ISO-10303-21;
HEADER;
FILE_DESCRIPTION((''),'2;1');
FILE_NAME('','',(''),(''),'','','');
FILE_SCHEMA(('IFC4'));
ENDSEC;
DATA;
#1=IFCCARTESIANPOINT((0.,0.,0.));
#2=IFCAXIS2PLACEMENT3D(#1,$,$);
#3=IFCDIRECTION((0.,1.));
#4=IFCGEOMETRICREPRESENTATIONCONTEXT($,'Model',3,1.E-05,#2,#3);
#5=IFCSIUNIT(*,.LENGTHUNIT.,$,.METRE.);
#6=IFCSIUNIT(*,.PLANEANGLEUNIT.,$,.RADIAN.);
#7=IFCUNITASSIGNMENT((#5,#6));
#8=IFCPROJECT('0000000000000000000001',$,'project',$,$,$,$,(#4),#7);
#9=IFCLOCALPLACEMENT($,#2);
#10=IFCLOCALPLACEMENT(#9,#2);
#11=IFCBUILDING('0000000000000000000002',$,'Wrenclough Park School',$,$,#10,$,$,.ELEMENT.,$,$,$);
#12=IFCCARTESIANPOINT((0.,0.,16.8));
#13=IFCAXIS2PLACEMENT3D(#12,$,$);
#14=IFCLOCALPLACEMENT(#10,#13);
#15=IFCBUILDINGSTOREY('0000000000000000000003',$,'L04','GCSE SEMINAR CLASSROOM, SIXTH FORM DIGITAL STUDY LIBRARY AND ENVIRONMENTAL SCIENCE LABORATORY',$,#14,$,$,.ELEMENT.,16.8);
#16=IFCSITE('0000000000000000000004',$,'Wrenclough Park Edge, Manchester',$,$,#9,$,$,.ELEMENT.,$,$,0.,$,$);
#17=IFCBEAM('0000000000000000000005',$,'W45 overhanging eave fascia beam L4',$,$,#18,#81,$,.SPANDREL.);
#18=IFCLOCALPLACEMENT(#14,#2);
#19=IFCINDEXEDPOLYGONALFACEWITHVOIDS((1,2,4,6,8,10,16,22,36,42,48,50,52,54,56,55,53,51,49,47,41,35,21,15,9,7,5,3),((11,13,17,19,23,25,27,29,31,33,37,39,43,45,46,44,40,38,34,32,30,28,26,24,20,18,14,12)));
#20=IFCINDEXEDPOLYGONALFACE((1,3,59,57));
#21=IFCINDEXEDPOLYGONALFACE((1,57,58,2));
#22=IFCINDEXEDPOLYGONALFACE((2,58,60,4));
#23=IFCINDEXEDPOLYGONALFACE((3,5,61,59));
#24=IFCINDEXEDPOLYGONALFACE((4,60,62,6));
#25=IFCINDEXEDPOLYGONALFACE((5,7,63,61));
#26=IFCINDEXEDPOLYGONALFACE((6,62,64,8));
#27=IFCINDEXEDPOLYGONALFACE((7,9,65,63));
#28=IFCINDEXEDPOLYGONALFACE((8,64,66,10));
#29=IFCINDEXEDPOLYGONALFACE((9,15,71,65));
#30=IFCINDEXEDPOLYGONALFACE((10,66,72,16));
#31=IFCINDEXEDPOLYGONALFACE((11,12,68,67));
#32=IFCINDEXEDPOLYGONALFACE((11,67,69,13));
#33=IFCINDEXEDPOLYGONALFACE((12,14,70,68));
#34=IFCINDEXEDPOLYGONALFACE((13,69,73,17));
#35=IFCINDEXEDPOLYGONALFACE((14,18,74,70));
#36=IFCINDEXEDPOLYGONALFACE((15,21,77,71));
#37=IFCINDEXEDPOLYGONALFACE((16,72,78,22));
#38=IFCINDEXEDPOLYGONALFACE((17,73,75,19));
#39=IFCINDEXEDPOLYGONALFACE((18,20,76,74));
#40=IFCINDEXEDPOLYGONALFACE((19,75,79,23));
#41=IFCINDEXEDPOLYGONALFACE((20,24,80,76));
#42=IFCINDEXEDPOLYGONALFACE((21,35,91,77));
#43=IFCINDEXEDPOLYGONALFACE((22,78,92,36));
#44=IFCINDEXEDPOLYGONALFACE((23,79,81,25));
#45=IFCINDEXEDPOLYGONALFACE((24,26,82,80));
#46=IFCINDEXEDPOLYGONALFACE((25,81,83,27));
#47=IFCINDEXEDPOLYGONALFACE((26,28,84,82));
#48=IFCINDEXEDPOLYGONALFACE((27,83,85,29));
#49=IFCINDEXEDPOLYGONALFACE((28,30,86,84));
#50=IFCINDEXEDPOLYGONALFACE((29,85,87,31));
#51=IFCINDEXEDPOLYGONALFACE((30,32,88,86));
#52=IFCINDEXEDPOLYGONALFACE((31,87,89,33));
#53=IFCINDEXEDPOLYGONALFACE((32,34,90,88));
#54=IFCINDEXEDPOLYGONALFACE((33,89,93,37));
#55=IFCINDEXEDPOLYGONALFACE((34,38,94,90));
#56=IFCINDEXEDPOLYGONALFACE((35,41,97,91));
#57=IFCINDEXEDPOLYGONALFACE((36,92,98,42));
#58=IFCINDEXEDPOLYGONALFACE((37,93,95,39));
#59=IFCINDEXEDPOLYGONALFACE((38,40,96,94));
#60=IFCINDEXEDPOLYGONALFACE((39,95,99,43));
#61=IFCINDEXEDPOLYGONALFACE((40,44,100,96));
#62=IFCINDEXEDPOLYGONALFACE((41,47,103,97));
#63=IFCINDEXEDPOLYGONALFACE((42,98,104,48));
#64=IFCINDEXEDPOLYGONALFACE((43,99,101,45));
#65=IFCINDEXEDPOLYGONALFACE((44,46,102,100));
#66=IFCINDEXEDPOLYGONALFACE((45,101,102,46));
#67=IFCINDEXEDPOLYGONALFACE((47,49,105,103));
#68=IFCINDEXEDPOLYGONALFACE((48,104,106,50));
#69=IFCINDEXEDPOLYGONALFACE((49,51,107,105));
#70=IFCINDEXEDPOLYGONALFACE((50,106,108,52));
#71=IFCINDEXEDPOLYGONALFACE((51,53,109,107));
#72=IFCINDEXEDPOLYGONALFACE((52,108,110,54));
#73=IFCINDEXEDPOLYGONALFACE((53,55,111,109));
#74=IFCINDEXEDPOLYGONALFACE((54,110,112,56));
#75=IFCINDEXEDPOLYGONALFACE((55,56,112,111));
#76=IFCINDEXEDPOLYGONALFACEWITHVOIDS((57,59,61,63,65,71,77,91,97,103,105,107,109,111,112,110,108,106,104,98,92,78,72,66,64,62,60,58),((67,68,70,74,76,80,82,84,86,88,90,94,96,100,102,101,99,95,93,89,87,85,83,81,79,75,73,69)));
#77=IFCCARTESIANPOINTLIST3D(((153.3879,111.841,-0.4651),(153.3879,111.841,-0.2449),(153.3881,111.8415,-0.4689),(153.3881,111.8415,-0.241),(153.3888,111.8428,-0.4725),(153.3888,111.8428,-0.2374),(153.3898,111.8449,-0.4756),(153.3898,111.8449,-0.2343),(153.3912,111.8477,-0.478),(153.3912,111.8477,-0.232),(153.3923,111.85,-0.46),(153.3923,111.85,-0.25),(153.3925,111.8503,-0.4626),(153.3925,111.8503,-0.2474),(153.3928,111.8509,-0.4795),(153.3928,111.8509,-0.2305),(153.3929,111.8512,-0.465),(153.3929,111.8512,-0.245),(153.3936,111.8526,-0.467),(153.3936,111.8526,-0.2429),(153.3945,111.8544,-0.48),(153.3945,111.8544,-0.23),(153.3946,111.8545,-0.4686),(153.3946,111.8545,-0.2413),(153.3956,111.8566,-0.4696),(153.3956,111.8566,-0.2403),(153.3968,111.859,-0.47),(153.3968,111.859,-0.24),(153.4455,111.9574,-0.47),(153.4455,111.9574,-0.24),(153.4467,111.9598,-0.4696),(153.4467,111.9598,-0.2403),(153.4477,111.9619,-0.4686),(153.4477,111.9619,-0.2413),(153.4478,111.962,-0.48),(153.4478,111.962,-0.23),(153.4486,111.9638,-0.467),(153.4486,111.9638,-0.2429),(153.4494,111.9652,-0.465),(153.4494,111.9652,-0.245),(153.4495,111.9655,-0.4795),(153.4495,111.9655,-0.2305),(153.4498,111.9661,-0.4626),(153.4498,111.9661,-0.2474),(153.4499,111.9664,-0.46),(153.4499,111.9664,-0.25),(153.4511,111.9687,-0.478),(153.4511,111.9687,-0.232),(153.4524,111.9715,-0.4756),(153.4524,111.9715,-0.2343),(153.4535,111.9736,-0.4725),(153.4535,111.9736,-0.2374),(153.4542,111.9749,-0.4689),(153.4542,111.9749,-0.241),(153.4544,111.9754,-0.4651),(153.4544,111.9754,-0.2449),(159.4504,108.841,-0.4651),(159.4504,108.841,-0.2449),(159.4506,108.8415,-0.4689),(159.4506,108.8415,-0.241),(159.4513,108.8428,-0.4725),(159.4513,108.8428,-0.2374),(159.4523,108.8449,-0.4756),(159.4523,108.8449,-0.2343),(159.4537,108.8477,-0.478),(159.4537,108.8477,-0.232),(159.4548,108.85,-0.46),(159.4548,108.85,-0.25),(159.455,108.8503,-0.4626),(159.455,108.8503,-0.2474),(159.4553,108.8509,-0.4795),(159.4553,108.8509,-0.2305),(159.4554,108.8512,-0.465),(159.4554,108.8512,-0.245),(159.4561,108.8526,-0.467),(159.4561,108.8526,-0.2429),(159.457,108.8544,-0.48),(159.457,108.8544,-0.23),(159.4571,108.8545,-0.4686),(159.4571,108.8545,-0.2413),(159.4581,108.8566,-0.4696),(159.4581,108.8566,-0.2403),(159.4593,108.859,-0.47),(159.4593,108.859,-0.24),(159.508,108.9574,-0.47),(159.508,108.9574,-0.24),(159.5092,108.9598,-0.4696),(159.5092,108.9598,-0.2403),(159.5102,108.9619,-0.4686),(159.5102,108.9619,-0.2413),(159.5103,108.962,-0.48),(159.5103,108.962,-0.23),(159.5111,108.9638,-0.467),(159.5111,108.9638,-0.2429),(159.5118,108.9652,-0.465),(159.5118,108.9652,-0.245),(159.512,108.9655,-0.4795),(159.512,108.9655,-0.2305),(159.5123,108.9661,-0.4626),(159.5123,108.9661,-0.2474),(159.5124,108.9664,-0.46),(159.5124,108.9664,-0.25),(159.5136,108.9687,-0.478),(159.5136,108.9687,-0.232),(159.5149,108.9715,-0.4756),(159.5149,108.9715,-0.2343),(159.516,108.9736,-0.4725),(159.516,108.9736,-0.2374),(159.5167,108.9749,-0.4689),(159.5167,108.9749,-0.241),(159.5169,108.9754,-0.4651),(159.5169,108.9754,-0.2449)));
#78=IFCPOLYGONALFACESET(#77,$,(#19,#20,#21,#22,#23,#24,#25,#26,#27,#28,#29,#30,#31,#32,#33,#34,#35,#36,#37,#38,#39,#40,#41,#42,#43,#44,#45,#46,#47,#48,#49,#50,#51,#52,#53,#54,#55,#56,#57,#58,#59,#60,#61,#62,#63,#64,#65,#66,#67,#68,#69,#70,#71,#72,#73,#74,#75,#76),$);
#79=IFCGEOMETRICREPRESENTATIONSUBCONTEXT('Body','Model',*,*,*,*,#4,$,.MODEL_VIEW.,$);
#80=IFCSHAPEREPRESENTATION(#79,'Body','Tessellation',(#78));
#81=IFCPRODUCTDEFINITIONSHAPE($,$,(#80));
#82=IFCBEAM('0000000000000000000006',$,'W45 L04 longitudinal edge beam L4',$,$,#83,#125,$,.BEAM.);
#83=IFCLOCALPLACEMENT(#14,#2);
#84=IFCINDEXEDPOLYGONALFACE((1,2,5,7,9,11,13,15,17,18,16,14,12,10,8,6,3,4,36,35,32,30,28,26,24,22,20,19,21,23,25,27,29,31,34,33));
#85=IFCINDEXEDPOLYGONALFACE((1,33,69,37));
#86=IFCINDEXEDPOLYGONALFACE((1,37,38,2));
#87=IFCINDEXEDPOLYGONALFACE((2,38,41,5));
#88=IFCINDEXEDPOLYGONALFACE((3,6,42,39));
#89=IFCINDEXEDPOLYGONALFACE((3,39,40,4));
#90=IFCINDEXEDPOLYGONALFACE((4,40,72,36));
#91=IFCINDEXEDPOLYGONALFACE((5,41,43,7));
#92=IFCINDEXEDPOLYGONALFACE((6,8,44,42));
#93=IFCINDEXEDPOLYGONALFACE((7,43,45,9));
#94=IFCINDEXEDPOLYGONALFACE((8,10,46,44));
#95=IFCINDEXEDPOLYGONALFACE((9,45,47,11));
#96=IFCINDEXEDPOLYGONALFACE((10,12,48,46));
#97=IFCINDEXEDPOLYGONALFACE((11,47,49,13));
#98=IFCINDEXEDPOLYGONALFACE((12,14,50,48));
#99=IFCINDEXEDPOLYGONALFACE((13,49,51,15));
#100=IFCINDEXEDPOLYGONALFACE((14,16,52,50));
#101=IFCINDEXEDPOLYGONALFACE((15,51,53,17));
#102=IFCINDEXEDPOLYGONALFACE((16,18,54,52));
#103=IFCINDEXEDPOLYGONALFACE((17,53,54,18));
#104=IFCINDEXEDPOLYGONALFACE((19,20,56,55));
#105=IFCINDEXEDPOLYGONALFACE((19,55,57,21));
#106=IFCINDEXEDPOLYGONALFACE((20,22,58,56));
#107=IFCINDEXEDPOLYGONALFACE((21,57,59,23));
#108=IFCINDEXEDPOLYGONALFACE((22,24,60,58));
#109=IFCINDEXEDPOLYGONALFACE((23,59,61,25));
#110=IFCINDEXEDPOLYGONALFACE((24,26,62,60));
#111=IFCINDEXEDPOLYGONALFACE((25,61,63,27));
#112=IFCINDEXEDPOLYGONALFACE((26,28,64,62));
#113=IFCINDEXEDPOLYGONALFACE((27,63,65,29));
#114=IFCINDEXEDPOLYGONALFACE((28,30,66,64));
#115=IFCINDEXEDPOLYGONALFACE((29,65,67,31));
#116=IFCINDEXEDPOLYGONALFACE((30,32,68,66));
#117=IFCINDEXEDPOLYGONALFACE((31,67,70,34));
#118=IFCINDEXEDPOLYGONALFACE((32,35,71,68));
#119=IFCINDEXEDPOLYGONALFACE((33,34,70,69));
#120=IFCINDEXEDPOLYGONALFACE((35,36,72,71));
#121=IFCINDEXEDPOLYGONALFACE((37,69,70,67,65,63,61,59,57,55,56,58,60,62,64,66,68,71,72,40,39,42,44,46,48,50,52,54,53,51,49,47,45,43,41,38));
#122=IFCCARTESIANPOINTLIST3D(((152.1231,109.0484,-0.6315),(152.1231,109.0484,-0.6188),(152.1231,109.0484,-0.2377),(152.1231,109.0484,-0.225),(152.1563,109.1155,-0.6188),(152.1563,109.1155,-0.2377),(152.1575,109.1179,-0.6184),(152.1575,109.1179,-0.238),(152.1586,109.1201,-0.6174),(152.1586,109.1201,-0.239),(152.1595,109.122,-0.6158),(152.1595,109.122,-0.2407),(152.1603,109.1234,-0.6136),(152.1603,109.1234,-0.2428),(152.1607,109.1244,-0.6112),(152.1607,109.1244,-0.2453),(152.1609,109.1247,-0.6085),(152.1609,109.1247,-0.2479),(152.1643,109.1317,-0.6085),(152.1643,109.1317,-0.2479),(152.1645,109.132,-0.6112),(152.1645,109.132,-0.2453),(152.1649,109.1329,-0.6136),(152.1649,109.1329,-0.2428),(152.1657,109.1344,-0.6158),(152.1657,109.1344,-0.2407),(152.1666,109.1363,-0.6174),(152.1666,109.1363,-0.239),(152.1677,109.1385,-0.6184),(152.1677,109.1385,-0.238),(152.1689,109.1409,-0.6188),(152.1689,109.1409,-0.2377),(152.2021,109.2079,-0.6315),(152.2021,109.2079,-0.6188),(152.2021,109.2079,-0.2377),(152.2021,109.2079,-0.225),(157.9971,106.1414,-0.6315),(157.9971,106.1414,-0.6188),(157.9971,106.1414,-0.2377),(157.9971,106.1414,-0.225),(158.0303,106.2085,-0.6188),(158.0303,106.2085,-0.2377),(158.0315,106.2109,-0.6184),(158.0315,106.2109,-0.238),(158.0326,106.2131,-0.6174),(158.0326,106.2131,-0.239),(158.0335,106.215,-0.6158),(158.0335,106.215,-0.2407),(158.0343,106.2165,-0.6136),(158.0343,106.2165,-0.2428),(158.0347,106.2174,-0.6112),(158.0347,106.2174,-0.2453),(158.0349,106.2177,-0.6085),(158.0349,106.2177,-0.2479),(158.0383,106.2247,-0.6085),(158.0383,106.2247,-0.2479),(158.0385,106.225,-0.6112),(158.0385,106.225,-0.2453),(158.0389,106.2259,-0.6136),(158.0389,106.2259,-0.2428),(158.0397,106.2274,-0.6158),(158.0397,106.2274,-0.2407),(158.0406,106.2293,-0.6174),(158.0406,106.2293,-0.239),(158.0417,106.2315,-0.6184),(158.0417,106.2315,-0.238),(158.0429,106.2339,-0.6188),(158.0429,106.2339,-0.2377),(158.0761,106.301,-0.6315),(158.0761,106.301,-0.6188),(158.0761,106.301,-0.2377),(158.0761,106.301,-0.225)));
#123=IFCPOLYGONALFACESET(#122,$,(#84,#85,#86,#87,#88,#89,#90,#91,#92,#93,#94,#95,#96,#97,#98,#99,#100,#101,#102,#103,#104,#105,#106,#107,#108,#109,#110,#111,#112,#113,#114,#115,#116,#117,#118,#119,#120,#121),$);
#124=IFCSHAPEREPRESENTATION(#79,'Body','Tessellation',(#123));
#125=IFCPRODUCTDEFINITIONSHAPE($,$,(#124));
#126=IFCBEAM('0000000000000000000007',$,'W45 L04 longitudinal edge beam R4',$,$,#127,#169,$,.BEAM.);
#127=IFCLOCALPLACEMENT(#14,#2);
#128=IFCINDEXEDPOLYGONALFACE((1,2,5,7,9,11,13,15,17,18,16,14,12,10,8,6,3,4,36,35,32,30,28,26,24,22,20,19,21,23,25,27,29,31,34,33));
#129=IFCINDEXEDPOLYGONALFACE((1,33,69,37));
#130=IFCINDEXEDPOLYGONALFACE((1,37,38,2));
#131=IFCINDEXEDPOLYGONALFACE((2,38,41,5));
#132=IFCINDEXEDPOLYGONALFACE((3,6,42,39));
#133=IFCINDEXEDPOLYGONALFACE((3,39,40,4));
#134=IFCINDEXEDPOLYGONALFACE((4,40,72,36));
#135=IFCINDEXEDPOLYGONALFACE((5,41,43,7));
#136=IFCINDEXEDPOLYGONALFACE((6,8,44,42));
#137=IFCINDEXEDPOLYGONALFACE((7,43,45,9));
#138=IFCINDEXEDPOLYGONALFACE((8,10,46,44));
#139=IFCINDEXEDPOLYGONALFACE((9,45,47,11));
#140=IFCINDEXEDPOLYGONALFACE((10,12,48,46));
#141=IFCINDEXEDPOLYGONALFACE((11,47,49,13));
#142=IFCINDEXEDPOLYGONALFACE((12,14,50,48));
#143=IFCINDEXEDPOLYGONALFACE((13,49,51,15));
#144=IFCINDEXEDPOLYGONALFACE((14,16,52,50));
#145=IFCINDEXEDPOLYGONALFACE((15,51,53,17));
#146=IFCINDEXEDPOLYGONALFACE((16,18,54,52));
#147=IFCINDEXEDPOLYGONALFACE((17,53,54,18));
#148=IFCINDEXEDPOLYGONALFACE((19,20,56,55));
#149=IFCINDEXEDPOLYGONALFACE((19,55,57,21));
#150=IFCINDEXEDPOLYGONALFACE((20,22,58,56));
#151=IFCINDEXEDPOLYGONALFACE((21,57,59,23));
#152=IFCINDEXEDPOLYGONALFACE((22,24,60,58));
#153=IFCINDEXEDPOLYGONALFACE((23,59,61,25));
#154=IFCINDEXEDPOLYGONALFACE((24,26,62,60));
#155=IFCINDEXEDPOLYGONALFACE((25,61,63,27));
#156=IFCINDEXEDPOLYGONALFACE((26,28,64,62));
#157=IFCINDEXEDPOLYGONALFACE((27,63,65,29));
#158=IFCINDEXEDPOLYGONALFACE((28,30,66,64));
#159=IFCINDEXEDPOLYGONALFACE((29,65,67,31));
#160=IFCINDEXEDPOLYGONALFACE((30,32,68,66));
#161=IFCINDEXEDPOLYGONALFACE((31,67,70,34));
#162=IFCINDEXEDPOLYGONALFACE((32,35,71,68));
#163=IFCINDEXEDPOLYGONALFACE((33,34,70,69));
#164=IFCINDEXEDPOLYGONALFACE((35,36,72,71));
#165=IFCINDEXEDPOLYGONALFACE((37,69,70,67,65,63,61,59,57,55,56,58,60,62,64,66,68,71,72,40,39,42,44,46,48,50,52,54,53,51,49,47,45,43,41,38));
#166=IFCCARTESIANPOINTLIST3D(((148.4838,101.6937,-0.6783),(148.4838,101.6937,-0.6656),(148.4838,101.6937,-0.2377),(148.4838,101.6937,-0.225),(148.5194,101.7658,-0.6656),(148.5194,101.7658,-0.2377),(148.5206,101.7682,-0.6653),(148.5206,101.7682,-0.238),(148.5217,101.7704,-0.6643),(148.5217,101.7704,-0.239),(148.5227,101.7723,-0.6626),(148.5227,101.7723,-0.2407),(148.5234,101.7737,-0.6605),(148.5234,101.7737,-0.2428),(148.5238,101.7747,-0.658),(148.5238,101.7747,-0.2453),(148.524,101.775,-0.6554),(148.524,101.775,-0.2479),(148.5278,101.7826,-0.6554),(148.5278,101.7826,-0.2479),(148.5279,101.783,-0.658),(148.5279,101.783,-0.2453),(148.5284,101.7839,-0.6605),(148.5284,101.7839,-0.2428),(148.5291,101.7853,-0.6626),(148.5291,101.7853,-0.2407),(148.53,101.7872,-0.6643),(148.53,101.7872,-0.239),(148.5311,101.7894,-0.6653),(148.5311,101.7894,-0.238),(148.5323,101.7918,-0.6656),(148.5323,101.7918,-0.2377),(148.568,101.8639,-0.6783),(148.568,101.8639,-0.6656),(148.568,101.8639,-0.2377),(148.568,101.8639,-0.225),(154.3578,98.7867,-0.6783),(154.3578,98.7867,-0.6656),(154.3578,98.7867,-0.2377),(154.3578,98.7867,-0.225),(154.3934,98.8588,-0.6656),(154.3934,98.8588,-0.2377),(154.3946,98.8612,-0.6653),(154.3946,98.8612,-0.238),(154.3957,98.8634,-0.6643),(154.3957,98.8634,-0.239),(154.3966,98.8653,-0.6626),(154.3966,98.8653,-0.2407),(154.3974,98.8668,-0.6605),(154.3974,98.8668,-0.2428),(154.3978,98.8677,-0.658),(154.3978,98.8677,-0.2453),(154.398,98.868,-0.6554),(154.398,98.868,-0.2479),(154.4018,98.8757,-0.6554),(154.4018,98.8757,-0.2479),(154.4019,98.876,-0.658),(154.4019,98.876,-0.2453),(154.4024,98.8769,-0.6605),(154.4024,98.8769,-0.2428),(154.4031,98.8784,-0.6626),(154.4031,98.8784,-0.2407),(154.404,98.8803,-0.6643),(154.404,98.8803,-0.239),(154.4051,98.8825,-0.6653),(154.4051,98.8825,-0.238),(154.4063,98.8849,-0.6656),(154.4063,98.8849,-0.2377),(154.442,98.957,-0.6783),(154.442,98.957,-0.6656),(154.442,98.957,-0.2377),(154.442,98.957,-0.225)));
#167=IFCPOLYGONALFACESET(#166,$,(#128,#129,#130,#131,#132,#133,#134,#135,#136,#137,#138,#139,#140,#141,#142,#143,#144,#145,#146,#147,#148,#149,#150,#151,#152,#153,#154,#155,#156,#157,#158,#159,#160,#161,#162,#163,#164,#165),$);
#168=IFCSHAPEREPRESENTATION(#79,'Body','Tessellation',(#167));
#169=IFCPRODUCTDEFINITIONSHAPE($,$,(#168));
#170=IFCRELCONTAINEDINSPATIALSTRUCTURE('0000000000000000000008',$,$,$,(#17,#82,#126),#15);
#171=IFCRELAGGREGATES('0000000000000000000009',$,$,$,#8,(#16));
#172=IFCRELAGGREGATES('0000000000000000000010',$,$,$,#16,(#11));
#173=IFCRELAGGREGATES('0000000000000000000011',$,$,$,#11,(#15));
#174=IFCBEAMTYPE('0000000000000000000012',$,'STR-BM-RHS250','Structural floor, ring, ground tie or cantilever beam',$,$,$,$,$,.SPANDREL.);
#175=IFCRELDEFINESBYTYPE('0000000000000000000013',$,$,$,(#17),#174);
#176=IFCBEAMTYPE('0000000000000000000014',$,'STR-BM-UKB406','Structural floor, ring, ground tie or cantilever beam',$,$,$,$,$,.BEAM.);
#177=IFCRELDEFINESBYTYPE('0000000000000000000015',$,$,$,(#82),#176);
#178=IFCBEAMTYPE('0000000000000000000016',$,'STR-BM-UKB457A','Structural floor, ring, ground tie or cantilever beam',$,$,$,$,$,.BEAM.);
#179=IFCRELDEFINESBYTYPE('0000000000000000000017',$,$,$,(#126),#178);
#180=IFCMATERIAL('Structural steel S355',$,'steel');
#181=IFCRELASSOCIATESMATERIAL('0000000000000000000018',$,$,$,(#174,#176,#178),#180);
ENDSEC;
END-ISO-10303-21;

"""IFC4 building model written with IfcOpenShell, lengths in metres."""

from ifc_helpers import new_model, si_unit, direction, frame, origin, origin_2d, place, context, subcontext, project, spatial, hollow_rectangle, i_section, extrude, material, material_profile, profile_set, type_object, element, save


model = new_model("IFC4")

# Units and contexts
model_context = context("Model", 3, precision=1e-05, world=origin(), true_north=direction((0.0, 1.0)))
body_context = subcontext(model_context, "Body", "Model", "MODEL_VIEW")
ifc_project = project(units=[si_unit("LENGTHUNIT", "METRE"), si_unit("PLANEANGLEUNIT", "RADIAN")], contexts=[model_context])

# Site, building, storey
site_placement = place(None, origin())
site = spatial("IfcSite", under=ifc_project, at=site_placement, Name="Wrenclough Park Edge, Manchester", CompositionType="ELEMENT", RefElevation=0.0)
building_placement = place(site_placement, origin())
building = spatial("IfcBuilding", under=site, at=building_placement, Name="Wrenclough Park School", CompositionType="ELEMENT")
storey_placement = place(building_placement, frame((0.0, 0.0, 16.8)))
storey = spatial("IfcBuildingStorey", under=building, at=storey_placement, Name="L04", Description="GCSE SEMINAR CLASSROOM, SIXTH FORM DIGITAL STUDY LIBRARY AND ENVIRONMENTAL SCIENCE LABORATORY", CompositionType="ELEMENT", Elevation=16.8)

# Beams
ifc_material_1 = material(Name="Structural steel S355", Category="steel")
ifc_material_profile_1 = material_profile(ifc_material_1, hollow_rectangle(XDim=0.1499, YDim=0.25, WallThickness=0.01, InnerFilletRadius=0.01, OuterFilletRadius=0.0149, at=origin_2d()), Name="RHS 250x150x10.0")
ifc_profile_set_1 = profile_set([ifc_material_profile_1], Name="Structural steel S355")
beam_type_1 = type_object("IfcBeamType", Name="STR-BM-RHS250", Description="Structural floor, ring, ground tie or cantilever beam", PredefinedType="SPANDREL", material=ifc_profile_set_1)
for number, where, z_axis, x_axis, name in (
    (1, (153.4211, 111.9082, -0.355), (0.896268, -0.443514, 0.0), (0.443514, 0.896268, 0.0), "W45 overhanging eave fascia beam L4"),
):
    element("IfcBeam", number, at=place(storey_placement, frame(where, z_axis=z_axis, x_axis=x_axis)), inside=storey, type_object=beam_type_1, Name=name, PredefinedType="SPANDREL", context=body_context, shape_type="SweptSolid", body=[
        extrude(hollow_rectangle(XDim=0.1499, YDim=0.25, WallThickness=0.01, InnerFilletRadius=0.01, OuterFilletRadius=0.0149, at=origin_2d()), origin(), (0.0, 0.0, 1.0), 6.7642),
    ])
ifc_material_profile_2 = material_profile(ifc_material_1, i_section(OverallWidth=0.178, OverallDepth=0.4065, WebThickness=0.0078, FlangeThickness=0.0127, FilletRadius=0.0103, at=origin_2d()), Name="UKB 406x178x60")
ifc_profile_set_2 = profile_set([ifc_material_profile_2], Name="Structural steel S355")
beam_type_2 = type_object("IfcBeamType", Name="STR-BM-UKB406", Description="Structural floor, ring, ground tie or cantilever beam", PredefinedType="BEAM", material=ifc_profile_set_2)
beam_1_placement = place(storey_placement, frame((152.1626, 109.1282, -0.4282), z_axis=(0.896252, -0.443544, 0.0), x_axis=(0.443544, 0.896252, 0.0)))
element("IfcBeam", 2, at=beam_1_placement, inside=storey, type_object=beam_type_2, Name="W45 L04 longitudinal edge beam L4", PredefinedType="BEAM", context=body_context, shape_type="SweptSolid", body=[
    extrude(i_section(OverallWidth=0.178, OverallDepth=0.4065, WebThickness=0.0078, FlangeThickness=0.0127, FilletRadius=0.0103, at=origin_2d()), origin(), (0.0, 0.0, 1.0), 6.554),
])
ifc_material_profile_3 = material_profile(ifc_material_1, i_section(OverallWidth=0.1899, OverallDepth=0.4534, WebThickness=0.0085, FlangeThickness=0.0127, FilletRadius=0.0103, at=origin_2d()), Name="UKB 457x191x67")
ifc_profile_set_3 = profile_set([ifc_material_profile_3], Name="Structural steel S355")
beam_type_3 = type_object("IfcBeamType", Name="STR-BM-UKB457A", Description="Structural floor, ring, ground tie or cantilever beam", PredefinedType="BEAM", material=ifc_profile_set_3)
beam_2_placement = place(storey_placement, frame((148.5259, 101.7788, -0.4517), z_axis=(0.896252, -0.443544, 0.0), x_axis=(0.443544, 0.896252, 0.0)))
element("IfcBeam", 3, at=beam_2_placement, inside=storey, type_object=beam_type_3, Name="W45 L04 longitudinal edge beam R4", PredefinedType="BEAM", context=body_context, shape_type="SweptSolid", body=[
    extrude(i_section(OverallWidth=0.1899, OverallDepth=0.4534, WebThickness=0.0085, FlangeThickness=0.0127, FilletRadius=0.0103, at=origin_2d()), origin(), (0.0, 0.0, 1.0), 6.554),
])

save(model, "model.ifc")
